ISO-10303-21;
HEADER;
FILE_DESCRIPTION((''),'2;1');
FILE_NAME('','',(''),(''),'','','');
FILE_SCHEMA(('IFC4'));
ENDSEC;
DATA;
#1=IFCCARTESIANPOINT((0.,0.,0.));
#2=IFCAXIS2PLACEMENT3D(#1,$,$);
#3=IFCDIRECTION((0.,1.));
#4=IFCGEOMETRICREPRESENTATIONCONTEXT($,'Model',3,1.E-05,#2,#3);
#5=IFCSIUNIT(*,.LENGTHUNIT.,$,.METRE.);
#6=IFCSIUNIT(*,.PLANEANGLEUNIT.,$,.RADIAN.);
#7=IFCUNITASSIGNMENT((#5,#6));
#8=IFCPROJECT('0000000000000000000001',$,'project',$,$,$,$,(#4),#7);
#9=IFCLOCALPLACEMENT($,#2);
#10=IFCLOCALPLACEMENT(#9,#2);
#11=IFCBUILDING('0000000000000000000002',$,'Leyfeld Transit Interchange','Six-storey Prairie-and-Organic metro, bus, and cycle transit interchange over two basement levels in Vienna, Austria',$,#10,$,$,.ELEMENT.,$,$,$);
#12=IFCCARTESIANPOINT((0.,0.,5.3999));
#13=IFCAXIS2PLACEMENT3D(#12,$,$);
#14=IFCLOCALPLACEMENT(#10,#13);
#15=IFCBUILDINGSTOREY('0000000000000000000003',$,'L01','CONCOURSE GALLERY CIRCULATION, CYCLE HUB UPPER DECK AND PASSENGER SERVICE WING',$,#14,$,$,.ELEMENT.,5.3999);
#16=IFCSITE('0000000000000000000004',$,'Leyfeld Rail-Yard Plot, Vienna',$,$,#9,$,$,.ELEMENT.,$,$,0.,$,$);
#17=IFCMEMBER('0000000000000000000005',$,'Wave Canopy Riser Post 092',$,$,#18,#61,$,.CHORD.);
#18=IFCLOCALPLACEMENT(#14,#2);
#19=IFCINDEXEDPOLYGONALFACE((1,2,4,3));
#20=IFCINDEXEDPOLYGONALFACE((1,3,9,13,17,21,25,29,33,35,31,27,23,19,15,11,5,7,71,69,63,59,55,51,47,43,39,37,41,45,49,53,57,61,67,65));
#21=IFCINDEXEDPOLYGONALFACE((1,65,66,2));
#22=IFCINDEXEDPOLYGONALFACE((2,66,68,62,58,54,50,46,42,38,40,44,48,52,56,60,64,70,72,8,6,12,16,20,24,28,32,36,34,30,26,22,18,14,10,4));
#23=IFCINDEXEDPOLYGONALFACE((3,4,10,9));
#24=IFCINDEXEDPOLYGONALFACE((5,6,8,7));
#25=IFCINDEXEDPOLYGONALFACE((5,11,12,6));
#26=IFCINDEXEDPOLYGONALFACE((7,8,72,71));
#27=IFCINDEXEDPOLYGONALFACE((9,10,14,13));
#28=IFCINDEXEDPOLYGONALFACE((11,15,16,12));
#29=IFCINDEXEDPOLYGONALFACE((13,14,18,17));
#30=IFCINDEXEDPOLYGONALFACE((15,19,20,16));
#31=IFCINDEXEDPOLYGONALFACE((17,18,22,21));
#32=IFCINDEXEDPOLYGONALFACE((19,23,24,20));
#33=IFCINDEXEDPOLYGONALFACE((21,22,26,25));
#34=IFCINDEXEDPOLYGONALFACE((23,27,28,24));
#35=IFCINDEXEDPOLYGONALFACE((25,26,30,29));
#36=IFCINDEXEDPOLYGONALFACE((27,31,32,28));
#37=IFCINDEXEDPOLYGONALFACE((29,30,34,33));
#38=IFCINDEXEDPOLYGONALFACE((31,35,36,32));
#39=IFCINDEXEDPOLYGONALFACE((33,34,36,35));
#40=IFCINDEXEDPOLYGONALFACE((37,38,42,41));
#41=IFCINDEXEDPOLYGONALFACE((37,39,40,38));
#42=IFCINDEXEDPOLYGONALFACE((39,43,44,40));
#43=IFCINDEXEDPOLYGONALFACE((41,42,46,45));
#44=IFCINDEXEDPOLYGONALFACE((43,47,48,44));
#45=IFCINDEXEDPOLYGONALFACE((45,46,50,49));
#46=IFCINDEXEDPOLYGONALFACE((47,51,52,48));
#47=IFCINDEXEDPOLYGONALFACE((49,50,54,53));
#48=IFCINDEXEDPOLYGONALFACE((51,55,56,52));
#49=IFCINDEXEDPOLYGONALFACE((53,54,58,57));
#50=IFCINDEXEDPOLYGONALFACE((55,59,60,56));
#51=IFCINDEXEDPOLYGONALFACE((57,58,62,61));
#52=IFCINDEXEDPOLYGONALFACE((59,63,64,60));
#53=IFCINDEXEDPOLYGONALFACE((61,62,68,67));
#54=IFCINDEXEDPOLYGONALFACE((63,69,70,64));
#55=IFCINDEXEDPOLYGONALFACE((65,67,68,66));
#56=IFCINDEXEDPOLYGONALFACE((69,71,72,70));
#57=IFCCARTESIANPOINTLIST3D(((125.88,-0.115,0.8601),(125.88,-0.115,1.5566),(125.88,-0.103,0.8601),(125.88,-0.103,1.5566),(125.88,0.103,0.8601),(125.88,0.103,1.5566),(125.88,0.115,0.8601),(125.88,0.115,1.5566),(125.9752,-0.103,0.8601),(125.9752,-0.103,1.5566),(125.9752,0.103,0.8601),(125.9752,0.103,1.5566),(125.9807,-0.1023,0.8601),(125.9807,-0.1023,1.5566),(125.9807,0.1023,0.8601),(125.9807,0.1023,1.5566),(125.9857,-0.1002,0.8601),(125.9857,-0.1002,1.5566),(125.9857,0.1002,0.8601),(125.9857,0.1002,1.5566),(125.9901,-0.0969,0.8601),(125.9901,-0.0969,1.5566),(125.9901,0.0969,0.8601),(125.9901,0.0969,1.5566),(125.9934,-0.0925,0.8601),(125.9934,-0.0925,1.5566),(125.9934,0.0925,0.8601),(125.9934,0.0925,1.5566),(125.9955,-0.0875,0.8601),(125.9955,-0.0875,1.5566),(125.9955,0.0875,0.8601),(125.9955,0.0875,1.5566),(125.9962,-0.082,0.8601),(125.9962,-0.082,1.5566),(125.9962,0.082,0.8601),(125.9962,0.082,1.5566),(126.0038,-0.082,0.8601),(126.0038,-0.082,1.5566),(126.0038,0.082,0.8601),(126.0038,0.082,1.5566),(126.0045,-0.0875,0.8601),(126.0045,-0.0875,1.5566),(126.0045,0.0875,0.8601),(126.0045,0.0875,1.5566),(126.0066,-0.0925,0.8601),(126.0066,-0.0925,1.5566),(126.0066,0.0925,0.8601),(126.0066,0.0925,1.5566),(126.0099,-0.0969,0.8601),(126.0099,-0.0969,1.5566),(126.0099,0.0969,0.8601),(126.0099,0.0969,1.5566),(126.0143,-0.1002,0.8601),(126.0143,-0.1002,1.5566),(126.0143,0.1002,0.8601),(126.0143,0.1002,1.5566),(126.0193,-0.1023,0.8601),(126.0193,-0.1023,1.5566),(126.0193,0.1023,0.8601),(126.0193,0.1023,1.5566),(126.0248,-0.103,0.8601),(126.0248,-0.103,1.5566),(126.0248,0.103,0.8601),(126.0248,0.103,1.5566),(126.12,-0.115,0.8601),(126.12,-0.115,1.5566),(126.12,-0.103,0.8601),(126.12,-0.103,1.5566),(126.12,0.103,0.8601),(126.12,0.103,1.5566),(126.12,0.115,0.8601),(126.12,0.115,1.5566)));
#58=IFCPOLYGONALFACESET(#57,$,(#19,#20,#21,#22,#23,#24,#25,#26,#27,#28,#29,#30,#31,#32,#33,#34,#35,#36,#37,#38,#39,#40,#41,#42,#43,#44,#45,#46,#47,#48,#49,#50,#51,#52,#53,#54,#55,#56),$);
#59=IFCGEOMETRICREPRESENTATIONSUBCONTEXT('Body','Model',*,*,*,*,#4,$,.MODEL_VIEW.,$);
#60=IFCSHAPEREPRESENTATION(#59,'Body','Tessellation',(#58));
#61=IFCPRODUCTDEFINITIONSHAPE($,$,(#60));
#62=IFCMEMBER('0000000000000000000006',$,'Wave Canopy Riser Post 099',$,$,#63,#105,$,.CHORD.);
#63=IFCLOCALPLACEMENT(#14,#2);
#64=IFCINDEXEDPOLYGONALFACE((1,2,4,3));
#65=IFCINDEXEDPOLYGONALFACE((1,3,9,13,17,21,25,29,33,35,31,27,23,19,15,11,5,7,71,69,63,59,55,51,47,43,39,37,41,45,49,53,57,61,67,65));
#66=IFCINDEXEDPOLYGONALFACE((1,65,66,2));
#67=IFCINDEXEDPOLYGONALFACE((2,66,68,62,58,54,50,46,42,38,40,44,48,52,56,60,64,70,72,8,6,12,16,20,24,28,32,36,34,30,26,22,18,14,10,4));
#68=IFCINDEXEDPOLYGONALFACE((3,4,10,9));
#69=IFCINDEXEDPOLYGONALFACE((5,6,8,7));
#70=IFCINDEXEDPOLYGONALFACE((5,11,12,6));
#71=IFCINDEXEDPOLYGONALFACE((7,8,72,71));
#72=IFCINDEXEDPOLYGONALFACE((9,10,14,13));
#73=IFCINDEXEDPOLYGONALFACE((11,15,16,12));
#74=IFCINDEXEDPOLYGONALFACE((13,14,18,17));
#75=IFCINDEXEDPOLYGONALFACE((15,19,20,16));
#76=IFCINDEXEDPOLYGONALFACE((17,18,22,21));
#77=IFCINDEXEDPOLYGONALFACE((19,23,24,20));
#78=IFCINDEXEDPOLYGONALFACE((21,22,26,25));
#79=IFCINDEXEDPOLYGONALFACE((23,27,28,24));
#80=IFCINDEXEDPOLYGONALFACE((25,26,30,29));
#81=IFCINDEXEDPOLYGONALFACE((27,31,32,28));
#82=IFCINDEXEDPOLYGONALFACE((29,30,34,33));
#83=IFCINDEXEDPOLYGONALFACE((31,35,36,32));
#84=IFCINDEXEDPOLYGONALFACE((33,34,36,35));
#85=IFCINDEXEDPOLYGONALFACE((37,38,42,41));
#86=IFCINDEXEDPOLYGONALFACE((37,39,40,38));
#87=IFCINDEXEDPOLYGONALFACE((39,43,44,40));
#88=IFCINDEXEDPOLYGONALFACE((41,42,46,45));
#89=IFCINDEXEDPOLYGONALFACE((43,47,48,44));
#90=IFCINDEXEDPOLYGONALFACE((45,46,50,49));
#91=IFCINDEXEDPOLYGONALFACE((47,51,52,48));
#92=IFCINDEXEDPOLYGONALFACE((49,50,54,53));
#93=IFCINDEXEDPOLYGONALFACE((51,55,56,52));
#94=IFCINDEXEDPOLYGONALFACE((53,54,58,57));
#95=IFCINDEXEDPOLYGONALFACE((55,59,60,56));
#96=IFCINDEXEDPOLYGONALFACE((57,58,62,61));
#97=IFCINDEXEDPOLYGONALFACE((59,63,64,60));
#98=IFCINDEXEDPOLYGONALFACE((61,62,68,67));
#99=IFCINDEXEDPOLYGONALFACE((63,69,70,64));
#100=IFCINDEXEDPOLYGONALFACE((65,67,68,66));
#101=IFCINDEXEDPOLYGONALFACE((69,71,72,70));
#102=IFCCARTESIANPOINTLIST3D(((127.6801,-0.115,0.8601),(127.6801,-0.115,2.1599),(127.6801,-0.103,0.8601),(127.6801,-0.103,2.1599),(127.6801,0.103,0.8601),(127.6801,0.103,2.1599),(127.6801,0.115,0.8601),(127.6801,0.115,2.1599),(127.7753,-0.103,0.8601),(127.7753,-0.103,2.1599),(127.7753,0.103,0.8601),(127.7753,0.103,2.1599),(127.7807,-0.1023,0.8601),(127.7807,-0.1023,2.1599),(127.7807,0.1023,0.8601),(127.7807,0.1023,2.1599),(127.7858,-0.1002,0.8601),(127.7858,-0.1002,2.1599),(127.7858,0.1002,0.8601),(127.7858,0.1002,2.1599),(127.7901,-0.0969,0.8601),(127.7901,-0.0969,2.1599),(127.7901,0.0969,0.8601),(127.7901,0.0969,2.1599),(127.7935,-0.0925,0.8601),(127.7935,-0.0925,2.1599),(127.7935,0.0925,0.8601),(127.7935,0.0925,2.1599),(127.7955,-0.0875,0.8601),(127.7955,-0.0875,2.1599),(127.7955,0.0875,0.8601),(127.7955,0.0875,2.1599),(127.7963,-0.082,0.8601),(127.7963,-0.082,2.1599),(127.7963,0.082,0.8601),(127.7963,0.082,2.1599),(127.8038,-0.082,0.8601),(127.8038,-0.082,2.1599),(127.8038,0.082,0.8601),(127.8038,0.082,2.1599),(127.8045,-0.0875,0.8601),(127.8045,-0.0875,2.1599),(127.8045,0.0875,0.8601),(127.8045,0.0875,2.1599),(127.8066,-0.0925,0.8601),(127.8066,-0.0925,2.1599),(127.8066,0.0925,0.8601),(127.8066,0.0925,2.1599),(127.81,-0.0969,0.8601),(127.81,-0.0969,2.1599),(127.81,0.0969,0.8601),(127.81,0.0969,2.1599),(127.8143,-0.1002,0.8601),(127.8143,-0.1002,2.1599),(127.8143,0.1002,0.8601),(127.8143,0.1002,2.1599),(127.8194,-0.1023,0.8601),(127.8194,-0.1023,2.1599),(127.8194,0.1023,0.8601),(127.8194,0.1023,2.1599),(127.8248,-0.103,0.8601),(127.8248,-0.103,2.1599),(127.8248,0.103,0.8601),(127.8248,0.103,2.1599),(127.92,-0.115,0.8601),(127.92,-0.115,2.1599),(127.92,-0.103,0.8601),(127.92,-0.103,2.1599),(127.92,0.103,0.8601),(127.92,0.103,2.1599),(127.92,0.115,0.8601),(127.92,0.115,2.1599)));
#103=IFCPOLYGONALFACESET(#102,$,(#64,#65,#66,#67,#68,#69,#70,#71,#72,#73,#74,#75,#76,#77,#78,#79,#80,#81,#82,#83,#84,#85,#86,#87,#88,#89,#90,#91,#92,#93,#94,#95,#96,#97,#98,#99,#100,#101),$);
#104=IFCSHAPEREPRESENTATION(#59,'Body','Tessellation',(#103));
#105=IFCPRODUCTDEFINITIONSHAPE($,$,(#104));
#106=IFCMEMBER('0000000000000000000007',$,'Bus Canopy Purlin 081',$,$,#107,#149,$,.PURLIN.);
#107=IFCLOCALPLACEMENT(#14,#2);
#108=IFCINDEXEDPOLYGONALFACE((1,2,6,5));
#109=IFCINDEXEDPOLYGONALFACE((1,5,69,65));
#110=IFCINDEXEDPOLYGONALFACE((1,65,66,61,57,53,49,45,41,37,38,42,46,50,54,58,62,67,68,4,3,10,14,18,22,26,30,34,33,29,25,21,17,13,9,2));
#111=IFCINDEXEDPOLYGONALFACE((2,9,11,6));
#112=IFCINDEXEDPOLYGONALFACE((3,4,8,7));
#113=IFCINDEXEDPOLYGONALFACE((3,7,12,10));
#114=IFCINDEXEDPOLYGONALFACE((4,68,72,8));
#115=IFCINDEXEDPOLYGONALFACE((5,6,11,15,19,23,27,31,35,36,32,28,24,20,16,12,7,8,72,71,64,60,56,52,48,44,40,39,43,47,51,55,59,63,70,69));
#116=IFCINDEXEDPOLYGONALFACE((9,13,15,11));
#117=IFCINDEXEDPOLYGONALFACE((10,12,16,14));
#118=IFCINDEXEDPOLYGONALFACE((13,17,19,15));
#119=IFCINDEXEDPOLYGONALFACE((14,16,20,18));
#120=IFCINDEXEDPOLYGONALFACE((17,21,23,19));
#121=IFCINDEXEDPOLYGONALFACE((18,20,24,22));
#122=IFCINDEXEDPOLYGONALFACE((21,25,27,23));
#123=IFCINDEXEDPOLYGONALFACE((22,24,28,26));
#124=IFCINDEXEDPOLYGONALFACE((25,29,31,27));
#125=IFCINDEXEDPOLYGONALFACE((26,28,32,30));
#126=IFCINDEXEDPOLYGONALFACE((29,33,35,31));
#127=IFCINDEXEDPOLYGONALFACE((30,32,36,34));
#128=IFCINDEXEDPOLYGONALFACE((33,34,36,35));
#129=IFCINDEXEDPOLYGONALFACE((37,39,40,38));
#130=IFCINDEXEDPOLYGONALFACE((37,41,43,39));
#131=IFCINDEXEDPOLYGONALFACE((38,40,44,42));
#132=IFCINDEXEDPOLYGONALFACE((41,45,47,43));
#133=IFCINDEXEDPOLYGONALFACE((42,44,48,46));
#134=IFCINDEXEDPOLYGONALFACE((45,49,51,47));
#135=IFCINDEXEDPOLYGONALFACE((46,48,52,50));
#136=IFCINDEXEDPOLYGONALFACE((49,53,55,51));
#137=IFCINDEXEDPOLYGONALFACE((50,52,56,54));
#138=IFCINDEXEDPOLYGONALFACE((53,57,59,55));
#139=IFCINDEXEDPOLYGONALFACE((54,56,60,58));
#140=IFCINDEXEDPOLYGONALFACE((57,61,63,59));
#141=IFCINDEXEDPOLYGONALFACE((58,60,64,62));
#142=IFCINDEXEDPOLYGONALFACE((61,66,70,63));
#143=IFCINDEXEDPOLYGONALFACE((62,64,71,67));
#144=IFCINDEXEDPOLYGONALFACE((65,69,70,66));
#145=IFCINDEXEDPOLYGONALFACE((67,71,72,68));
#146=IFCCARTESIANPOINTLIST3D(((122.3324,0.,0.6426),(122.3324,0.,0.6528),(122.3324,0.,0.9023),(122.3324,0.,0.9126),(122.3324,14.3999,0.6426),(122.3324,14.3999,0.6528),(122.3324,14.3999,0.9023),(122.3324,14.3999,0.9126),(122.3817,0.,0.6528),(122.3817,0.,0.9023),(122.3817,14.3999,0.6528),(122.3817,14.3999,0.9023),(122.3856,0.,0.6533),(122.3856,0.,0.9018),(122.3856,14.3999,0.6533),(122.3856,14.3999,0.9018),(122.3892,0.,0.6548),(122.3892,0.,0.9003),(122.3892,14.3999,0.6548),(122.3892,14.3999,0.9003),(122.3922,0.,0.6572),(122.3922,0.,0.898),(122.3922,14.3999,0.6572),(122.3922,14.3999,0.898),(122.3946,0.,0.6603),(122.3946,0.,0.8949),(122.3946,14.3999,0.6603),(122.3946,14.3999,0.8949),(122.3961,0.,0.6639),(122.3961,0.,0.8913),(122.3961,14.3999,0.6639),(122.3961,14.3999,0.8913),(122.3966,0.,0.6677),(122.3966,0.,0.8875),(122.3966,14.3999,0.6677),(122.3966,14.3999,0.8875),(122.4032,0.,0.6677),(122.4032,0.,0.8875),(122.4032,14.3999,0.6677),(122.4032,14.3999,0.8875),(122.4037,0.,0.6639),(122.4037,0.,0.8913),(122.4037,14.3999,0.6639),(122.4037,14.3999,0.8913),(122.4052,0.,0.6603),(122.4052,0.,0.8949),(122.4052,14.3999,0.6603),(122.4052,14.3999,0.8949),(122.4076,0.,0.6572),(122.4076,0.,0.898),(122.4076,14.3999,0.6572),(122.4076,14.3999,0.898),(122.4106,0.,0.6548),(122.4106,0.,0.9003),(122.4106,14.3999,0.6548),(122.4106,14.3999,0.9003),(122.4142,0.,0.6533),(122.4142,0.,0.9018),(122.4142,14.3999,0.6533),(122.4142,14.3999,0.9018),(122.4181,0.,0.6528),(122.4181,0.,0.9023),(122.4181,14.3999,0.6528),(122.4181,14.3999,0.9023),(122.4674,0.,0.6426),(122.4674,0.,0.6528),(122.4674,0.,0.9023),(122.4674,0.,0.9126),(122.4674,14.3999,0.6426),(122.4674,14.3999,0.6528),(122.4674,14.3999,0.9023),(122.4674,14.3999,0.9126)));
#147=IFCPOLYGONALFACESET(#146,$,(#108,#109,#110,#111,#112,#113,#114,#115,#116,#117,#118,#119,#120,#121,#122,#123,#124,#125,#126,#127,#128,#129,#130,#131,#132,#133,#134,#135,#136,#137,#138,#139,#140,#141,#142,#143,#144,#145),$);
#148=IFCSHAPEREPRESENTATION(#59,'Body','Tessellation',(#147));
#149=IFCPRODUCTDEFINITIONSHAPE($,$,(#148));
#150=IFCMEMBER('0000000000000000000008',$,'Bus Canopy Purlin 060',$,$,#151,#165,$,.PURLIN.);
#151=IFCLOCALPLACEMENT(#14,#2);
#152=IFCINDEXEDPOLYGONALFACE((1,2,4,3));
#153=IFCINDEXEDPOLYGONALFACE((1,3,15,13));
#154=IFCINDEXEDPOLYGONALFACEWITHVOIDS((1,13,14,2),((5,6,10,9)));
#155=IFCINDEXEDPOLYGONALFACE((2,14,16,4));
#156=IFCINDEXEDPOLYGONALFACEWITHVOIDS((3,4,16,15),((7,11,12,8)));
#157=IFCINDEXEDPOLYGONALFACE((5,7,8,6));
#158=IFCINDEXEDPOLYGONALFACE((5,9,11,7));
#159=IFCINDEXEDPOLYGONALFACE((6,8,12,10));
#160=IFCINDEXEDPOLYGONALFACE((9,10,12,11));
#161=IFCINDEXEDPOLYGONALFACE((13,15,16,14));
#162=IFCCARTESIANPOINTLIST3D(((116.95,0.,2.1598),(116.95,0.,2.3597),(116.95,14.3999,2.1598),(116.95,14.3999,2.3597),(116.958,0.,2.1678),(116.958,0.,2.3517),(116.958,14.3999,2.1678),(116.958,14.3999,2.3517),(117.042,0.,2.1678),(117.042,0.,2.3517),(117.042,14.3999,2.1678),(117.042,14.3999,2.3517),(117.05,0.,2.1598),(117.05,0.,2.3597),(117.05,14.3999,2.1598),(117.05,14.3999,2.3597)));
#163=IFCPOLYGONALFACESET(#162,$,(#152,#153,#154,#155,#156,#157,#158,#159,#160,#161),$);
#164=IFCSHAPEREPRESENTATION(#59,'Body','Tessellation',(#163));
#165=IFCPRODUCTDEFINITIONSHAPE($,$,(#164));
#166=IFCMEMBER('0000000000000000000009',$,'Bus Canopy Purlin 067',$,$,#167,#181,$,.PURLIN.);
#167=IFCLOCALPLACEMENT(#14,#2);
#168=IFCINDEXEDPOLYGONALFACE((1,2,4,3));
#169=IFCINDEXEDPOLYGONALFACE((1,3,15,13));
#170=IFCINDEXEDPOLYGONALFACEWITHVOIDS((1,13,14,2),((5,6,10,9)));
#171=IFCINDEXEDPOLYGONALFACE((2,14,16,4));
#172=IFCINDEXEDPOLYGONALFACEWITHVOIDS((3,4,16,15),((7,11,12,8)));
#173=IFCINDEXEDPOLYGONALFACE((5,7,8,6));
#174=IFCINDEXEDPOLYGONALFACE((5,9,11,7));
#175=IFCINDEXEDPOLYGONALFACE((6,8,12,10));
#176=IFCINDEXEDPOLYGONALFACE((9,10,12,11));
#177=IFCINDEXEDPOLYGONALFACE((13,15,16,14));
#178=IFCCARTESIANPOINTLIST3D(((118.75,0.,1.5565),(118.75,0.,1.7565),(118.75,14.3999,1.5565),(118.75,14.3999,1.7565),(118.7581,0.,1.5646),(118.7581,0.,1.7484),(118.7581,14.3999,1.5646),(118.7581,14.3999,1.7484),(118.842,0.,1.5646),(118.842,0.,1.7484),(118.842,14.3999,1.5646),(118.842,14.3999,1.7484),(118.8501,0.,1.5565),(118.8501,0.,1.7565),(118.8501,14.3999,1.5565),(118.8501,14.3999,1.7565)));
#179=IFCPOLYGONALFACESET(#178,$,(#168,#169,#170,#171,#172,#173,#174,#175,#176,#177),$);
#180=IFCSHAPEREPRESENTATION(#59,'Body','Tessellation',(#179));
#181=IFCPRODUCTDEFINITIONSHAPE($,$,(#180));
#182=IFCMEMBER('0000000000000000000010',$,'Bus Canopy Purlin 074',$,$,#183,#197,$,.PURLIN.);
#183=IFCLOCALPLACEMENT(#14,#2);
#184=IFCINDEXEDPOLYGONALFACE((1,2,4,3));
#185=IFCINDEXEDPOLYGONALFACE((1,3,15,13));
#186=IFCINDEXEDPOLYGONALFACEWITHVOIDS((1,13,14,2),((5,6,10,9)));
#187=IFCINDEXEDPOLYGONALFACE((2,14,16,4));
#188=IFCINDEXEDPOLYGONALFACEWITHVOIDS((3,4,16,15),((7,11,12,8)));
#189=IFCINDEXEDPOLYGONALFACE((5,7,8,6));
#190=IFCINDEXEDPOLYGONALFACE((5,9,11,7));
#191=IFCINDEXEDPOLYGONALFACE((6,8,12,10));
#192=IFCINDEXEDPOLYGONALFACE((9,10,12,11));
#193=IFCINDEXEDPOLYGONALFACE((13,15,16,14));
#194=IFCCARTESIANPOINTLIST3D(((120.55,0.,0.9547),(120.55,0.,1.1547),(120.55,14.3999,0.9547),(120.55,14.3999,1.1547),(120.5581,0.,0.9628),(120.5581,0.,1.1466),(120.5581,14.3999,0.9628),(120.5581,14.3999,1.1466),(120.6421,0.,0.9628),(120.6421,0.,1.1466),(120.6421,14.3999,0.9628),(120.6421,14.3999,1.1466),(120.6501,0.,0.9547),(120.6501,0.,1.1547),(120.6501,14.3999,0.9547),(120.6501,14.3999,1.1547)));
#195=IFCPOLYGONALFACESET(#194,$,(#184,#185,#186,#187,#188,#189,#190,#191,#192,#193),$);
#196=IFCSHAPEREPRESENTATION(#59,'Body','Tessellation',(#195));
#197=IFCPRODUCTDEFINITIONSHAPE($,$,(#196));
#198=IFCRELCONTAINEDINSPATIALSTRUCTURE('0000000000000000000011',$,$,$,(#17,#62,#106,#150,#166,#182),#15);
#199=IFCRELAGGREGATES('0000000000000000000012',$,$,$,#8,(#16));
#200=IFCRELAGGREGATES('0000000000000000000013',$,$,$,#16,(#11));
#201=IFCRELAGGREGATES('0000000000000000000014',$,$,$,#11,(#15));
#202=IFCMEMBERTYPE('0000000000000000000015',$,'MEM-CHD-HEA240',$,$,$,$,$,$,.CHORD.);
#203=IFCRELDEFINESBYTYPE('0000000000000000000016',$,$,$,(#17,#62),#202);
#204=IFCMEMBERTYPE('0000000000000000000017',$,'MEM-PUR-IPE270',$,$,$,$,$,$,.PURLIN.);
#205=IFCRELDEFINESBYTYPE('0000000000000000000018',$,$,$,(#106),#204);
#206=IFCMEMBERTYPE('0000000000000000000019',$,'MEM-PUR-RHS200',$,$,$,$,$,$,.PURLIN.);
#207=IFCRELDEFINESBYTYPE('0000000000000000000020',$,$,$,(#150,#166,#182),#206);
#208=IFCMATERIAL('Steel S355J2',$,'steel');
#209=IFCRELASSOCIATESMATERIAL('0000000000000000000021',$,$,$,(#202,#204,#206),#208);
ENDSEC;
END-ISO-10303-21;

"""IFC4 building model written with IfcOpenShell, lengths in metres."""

from ifc_helpers import new_model, si_unit, direction, frame, origin, origin_2d, place, context, subcontext, project, spatial, hollow_rectangle, i_section, extrude, material, material_profile, profile_set, type_object, element, save


model = new_model("IFC4")

# Units and contexts
model_context = context("Model", 3, precision=1e-05, world=origin(), true_north=direction((0.0, 1.0)))
body_context = subcontext(model_context, "Body", "Model", "MODEL_VIEW")
ifc_project = project(units=[si_unit("LENGTHUNIT", "METRE"), si_unit("PLANEANGLEUNIT", "RADIAN")], contexts=[model_context])

# Site, building, storey
site_placement = place(None, origin())
site = spatial("IfcSite", under=ifc_project, at=site_placement, Name="Leyfeld Rail-Yard Plot, Vienna", CompositionType="ELEMENT", RefElevation=0.0)
building_placement = place(site_placement, origin())
building = spatial("IfcBuilding", under=site, at=building_placement, Name="Leyfeld Transit Interchange", Description="Six-storey Prairie-and-Organic metro, bus, and cycle transit interchange over two basement levels in Vienna, Austria", CompositionType="ELEMENT")
storey_placement = place(building_placement, frame((0.0, 0.0, 5.3999)))
storey = spatial("IfcBuildingStorey", under=building, at=storey_placement, Name="L01", Description="CONCOURSE GALLERY CIRCULATION, CYCLE HUB UPPER DECK AND PASSENGER SERVICE WING", CompositionType="ELEMENT", Elevation=5.3999)

# Members
ifc_material = material(Name="Steel S355J2", Category="steel")
ifc_material_profile_1 = material_profile(ifc_material, i_section(OverallWidth=0.24, OverallDepth=0.23, WebThickness=0.0076, FlangeThickness=0.012, FilletRadius=0.021, at=origin_2d()), Name="HEA 240")
ifc_profile_set_1 = profile_set([ifc_material_profile_1], Name="Steel S355J2")
member_type_1 = type_object("IfcMemberType", Name="MEM-CHD-HEA240", PredefinedType="CHORD", material=ifc_profile_set_1)
member_1_placement = place(storey_placement, frame((126.0, 0.0, 0.8601), z_axis=(0.0, 0.0, 1.0), x_axis=(1.0, 0.0, 0.0)))
element("IfcMember", 1, at=member_1_placement, inside=storey, type_object=member_type_1, Name="Wave Canopy Riser Post 092", PredefinedType="CHORD", context=body_context, shape_type="SweptSolid", body=[
    extrude(i_section(OverallWidth=0.24, OverallDepth=0.23, WebThickness=0.0076, FlangeThickness=0.012, FilletRadius=0.021, at=origin_2d()), origin(), (0.0, 0.0, 1.0), 0.6965),
])
member_2_placement = place(storey_placement, frame((127.8, 0.0, 0.8601), z_axis=(0.0, 0.0, 1.0), x_axis=(1.0, 0.0, 0.0)))
element("IfcMember", 2, at=member_2_placement, inside=storey, type_object=member_type_1, Name="Wave Canopy Riser Post 099", PredefinedType="CHORD", context=body_context, shape_type="SweptSolid", body=[
    extrude(i_section(OverallWidth=0.24, OverallDepth=0.23, WebThickness=0.0076, FlangeThickness=0.012, FilletRadius=0.021, at=origin_2d()), origin(), (0.0, 0.0, 1.0), 1.2998),
])
ifc_material_profile_2 = material_profile(ifc_material, i_section(OverallWidth=0.135, OverallDepth=0.27, WebThickness=0.0066, FlangeThickness=0.0103, FilletRadius=0.0149, at=origin_2d()), Name="IPE 270")
ifc_profile_set_2 = profile_set([ifc_material_profile_2], Name="Steel S355J2")
member_type_2 = type_object("IfcMemberType", Name="MEM-PUR-IPE270", PredefinedType="PURLIN", material=ifc_profile_set_2)
member_3_placement = place(storey_placement, frame((122.3999, 0.0, 0.7776), z_axis=(0.0, 1.0, 0.0), x_axis=(-1.0, 0.0, 0.0)))
element("IfcMember", 3, at=member_3_placement, inside=storey, type_object=member_type_2, Name="Bus Canopy Purlin 081", PredefinedType="PURLIN", context=body_context, shape_type="SweptSolid", body=[
    extrude(i_section(OverallWidth=0.135, OverallDepth=0.27, WebThickness=0.0066, FlangeThickness=0.0103, FilletRadius=0.0149, at=origin_2d()), origin(), (0.0, 0.0, 1.0), 14.3999),
])
ifc_material_profile_3 = material_profile(ifc_material, hollow_rectangle(XDim=0.1001, YDim=0.2, WallThickness=0.0081, at=origin_2d()), Name="RHS 200x100x8")
ifc_profile_set_3 = profile_set([ifc_material_profile_3], Name="Steel S355J2")
member_type_3 = type_object("IfcMemberType", Name="MEM-PUR-RHS200", PredefinedType="PURLIN", material=ifc_profile_set_3)
for number, where, z_axis, x_axis, name in (
    (4, (117.0, 0.0, 2.2598), (0.0, 1.0, 0.0), (-1.0, 0.0, 0.0), "Bus Canopy Purlin 060"),
    (5, (118.8, 0.0, 1.6565), (0.0, 1.0, 0.0), (-1.0, 0.0, 0.0), "Bus Canopy Purlin 067"),
    (6, (120.6001, 0.0, 1.0547), (0.0, 1.0, 0.0), (-1.0, 0.0, 0.0), "Bus Canopy Purlin 074"),
):
    element("IfcMember", number, at=place(storey_placement, frame(where, z_axis=z_axis, x_axis=x_axis)), inside=storey, type_object=member_type_3, Name=name, PredefinedType="PURLIN", context=body_context, shape_type="SweptSolid", body=[
        extrude(hollow_rectangle(XDim=0.1001, YDim=0.2, WallThickness=0.0081, at=origin_2d()), origin(), (0.0, 0.0, 1.0), 14.3999),
    ])

save(model, "model.ifc")
